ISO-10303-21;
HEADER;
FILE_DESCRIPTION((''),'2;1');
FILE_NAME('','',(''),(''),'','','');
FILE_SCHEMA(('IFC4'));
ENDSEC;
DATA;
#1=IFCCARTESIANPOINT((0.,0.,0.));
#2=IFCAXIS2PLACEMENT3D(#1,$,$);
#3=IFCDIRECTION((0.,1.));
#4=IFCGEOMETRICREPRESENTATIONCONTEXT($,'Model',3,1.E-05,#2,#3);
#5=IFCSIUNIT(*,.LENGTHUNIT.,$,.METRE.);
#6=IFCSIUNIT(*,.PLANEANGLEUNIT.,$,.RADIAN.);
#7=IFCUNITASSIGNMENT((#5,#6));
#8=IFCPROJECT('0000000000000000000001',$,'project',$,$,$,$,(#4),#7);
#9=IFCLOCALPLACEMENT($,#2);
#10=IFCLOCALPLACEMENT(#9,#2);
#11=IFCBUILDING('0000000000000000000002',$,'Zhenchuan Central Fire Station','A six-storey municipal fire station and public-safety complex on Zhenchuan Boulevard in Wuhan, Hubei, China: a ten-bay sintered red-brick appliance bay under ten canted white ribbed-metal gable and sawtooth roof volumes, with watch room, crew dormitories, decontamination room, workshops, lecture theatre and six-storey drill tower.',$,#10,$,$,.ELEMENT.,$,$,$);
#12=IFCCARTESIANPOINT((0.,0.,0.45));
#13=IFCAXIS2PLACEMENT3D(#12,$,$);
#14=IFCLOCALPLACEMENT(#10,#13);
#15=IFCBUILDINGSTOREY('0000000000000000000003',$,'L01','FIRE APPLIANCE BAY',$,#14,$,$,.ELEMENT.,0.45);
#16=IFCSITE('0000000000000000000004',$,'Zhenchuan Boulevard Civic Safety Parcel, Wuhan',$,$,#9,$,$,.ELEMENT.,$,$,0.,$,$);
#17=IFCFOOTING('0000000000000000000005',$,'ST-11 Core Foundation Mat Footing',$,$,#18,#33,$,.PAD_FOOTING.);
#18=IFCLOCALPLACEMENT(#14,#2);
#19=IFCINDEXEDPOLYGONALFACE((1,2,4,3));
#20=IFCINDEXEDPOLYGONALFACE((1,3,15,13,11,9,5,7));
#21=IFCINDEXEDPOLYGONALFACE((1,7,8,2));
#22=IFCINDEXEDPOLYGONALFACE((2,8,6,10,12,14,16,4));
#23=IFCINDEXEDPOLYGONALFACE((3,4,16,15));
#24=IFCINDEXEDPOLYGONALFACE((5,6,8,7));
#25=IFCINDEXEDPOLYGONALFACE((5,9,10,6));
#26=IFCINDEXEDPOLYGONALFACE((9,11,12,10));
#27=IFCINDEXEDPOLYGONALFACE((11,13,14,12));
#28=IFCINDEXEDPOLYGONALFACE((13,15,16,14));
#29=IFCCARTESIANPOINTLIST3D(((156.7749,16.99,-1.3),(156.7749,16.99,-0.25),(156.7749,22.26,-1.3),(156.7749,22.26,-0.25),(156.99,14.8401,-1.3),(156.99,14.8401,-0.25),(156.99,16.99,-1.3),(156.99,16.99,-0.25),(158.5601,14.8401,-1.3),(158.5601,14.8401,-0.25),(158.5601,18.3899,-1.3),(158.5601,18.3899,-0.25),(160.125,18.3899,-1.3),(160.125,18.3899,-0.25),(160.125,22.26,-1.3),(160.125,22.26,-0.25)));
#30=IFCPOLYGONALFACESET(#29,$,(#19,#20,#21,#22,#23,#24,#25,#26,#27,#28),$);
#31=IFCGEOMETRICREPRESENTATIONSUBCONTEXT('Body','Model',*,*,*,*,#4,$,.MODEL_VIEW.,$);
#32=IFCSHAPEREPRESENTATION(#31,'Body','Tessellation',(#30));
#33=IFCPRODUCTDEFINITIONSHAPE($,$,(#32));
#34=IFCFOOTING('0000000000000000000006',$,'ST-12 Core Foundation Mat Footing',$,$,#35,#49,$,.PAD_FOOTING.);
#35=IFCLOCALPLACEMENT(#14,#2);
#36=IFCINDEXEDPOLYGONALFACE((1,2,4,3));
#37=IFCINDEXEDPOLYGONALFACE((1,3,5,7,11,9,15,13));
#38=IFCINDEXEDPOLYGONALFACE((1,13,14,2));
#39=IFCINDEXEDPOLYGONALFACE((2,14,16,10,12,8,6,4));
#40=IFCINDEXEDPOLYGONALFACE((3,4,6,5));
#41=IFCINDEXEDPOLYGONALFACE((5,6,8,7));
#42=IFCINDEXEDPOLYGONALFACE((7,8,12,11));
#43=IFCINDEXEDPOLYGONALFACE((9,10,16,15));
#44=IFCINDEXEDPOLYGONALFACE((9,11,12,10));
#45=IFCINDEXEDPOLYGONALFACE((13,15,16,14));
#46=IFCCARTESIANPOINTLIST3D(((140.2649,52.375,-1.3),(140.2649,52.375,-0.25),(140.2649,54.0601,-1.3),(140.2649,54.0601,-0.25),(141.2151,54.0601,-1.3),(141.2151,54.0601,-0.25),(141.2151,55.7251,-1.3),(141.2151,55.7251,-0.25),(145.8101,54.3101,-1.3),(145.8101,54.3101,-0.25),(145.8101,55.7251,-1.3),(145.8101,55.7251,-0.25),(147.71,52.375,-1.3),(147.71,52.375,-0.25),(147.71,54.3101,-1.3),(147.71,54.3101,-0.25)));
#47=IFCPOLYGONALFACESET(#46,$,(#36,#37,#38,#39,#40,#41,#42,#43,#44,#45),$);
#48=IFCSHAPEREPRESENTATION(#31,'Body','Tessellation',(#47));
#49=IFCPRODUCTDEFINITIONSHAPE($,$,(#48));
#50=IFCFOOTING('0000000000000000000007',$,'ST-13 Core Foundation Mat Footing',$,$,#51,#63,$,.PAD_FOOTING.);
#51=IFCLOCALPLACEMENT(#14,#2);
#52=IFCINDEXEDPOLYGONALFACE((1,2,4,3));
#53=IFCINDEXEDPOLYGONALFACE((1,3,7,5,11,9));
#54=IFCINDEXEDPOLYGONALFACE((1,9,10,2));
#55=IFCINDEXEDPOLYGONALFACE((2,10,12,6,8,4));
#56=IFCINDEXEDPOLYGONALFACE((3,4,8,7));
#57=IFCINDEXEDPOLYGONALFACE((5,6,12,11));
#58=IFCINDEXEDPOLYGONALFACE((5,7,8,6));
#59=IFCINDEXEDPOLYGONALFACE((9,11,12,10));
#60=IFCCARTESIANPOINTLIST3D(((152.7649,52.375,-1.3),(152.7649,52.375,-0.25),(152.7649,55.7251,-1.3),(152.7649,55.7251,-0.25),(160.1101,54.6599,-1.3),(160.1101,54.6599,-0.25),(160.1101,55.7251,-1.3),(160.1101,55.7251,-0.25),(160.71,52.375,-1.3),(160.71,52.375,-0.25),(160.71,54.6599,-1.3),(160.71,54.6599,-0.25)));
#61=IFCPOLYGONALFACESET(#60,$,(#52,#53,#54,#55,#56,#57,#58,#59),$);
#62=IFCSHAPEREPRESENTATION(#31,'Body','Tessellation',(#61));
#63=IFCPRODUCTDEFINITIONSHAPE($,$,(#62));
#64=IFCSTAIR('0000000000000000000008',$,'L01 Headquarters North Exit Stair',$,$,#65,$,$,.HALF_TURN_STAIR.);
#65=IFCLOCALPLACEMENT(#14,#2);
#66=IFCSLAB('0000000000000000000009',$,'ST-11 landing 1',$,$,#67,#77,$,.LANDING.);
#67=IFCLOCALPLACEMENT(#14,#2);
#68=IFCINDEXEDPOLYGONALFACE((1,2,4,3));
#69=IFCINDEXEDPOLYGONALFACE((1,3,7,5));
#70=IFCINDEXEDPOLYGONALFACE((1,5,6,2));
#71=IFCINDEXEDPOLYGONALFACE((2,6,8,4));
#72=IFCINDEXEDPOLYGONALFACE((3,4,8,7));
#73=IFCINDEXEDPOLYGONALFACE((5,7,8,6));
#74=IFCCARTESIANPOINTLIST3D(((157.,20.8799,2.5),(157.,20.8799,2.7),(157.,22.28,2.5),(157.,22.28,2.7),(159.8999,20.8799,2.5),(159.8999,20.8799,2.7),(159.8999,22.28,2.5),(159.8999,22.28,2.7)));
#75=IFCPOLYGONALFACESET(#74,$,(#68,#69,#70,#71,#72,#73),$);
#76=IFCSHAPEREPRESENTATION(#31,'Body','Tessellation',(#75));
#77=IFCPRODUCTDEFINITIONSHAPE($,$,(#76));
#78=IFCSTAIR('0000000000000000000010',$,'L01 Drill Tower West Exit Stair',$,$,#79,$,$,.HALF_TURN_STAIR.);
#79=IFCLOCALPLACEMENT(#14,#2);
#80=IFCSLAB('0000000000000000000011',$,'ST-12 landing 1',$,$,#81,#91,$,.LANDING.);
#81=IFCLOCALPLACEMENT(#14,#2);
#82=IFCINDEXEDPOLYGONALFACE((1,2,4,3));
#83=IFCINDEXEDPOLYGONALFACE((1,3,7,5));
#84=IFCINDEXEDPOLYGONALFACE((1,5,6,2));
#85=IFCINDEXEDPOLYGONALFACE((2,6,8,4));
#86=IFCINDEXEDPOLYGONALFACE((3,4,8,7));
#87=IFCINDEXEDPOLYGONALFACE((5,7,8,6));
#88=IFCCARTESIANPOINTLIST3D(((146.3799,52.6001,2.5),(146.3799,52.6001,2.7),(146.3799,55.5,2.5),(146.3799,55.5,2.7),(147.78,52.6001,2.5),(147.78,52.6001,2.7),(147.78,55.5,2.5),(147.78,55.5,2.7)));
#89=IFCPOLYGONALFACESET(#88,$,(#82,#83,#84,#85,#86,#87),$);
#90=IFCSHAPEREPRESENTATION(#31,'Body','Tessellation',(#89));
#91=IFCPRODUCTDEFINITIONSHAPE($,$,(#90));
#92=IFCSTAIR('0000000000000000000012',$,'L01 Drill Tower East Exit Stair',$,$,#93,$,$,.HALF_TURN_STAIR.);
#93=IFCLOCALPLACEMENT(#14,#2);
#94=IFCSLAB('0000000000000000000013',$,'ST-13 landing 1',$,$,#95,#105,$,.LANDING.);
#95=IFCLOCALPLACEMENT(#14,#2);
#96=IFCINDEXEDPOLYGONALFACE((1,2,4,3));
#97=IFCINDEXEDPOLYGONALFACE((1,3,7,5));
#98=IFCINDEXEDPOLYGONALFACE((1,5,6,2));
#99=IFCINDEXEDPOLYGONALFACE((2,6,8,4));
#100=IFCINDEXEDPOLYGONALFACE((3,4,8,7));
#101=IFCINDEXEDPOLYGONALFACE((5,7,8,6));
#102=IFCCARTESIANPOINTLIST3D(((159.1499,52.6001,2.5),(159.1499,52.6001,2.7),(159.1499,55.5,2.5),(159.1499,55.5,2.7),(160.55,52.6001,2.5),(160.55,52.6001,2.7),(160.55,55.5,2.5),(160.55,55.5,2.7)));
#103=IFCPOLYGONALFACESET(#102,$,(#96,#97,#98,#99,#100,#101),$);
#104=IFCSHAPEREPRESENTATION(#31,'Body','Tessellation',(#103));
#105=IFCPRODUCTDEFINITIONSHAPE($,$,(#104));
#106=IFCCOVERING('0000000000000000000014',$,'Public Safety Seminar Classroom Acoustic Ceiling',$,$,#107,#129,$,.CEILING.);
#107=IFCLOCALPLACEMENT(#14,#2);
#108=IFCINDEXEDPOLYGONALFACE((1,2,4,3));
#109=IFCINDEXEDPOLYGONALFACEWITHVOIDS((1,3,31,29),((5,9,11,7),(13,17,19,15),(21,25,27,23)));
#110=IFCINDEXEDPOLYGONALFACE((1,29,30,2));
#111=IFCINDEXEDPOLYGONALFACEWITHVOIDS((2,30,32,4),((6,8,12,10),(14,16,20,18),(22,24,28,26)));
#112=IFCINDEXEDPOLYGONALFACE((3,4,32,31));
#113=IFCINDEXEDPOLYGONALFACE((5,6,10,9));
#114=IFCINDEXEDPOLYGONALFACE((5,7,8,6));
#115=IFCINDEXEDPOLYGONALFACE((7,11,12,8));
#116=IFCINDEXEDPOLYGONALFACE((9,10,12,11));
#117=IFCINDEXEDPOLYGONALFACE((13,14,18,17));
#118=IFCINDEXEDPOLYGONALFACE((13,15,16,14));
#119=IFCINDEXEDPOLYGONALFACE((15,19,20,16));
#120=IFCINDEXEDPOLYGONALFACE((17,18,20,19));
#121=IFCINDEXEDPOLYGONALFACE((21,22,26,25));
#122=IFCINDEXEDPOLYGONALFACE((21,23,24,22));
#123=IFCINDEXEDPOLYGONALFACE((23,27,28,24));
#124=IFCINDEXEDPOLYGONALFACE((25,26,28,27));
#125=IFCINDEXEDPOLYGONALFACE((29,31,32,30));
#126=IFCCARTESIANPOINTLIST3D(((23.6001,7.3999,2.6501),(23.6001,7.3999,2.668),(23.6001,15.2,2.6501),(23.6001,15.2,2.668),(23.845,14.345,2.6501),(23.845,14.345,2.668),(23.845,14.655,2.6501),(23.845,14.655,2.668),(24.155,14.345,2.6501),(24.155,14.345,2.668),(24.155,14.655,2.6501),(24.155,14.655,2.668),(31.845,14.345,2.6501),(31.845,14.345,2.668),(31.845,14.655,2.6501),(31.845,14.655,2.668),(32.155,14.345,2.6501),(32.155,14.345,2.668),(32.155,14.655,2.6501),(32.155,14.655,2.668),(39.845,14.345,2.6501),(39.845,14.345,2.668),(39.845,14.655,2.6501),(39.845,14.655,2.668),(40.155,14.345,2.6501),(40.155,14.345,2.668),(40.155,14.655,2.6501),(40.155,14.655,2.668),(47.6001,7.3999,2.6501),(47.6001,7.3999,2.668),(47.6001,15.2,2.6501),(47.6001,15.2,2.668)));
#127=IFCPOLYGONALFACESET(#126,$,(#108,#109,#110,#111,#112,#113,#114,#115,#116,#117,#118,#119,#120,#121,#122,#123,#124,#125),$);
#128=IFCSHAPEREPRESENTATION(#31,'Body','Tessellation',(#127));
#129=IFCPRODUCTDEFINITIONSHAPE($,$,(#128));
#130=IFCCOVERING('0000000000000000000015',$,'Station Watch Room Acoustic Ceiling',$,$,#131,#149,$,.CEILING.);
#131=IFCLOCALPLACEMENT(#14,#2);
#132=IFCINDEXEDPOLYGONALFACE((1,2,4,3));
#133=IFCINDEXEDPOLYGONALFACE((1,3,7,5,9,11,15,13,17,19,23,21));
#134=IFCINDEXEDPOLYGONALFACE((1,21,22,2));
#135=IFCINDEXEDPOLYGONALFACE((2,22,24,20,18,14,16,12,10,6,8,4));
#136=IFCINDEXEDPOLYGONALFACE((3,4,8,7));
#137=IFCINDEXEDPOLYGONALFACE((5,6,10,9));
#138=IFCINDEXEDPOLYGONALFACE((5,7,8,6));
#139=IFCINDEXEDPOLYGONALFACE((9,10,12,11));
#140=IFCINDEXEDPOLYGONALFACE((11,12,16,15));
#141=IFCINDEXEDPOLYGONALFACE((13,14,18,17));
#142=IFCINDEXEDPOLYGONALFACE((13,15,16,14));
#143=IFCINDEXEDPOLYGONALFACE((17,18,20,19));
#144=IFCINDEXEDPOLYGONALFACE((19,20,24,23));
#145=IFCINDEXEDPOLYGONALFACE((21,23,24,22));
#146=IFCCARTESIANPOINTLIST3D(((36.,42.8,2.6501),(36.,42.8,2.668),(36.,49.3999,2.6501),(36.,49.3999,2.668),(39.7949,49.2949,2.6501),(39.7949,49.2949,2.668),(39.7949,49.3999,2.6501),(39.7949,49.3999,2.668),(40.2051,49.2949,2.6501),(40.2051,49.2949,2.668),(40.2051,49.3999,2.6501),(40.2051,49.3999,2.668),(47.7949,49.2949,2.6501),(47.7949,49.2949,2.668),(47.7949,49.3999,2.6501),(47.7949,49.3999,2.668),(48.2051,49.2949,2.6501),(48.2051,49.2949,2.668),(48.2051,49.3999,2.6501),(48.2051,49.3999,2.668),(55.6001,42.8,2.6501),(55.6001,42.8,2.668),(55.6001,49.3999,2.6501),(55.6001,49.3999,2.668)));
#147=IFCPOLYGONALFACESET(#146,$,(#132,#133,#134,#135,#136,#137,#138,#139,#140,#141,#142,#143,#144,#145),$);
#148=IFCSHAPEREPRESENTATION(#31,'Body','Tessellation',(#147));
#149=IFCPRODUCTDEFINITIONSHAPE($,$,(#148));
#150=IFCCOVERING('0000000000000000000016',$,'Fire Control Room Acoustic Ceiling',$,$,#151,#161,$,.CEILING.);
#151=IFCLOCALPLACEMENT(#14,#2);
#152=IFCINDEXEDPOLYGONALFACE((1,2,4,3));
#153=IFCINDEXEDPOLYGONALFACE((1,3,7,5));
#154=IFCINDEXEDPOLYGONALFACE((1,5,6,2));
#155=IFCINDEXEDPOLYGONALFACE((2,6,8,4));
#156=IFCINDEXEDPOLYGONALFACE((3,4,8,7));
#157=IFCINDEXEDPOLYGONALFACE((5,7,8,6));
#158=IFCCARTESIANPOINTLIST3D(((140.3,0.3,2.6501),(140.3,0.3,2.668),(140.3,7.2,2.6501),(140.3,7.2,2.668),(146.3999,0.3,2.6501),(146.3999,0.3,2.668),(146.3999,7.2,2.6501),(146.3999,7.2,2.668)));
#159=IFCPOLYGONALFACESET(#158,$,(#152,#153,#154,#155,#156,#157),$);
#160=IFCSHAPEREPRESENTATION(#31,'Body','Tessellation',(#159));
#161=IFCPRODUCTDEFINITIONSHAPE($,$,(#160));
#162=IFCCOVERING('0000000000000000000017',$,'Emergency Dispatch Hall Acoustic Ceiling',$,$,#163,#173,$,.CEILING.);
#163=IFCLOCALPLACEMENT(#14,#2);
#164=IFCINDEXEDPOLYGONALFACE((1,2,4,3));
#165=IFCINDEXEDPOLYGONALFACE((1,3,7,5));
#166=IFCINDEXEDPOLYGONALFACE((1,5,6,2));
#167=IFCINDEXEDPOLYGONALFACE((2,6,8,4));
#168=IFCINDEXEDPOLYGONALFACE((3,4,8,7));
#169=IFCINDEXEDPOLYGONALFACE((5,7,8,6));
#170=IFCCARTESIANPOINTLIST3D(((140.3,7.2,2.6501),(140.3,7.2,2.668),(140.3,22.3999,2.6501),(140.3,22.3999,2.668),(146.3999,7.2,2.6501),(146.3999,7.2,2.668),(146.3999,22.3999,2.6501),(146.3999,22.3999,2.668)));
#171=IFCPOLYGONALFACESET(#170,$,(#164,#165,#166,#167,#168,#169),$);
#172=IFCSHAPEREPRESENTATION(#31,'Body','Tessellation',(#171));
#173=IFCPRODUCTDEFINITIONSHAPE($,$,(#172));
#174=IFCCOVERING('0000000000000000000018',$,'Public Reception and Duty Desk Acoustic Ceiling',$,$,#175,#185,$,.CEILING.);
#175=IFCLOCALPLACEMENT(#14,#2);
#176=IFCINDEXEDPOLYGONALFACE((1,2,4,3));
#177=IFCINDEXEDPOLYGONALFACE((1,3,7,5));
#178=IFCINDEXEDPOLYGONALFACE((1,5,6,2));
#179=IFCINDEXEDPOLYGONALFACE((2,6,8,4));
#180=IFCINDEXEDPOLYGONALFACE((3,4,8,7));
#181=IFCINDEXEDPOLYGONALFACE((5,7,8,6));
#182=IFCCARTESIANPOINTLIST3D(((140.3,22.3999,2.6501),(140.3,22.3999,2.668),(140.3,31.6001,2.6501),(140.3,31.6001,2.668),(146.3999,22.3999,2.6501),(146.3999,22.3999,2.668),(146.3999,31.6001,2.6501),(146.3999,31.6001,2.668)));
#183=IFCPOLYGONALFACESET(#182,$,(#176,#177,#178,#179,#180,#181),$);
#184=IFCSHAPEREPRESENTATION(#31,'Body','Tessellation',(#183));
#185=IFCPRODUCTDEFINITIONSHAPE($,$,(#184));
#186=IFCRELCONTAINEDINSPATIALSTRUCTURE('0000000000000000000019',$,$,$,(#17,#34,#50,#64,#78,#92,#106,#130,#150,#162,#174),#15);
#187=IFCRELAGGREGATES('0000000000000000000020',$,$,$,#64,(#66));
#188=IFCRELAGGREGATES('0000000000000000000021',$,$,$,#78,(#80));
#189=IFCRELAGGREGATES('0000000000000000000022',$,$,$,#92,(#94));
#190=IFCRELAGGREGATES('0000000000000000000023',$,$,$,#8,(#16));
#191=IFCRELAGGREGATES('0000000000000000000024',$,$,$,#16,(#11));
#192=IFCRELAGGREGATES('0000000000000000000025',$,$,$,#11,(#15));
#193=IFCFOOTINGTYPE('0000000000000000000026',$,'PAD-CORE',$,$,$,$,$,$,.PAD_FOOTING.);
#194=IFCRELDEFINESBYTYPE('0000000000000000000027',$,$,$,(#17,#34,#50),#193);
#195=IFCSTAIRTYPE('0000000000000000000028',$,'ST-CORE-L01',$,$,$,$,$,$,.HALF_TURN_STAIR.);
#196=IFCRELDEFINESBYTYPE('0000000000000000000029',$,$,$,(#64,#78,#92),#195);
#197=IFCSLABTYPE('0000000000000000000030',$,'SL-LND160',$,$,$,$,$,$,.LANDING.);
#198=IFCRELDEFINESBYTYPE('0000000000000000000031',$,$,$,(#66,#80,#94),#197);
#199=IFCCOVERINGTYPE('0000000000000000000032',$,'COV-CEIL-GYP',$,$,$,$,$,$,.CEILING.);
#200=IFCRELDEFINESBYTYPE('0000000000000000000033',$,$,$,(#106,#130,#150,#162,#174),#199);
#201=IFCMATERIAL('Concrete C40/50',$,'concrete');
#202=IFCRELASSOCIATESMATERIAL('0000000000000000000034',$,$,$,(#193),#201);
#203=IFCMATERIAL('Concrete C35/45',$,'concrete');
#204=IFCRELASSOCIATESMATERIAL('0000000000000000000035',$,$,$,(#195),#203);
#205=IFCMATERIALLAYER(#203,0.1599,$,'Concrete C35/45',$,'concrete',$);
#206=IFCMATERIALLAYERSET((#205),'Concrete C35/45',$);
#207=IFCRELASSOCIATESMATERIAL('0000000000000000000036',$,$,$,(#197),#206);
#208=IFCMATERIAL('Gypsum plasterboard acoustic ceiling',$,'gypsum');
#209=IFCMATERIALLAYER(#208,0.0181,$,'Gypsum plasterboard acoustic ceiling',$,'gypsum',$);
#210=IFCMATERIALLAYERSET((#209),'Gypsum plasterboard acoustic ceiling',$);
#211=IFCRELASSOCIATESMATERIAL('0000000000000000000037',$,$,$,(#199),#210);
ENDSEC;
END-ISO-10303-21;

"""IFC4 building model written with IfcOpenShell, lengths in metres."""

from ifc_helpers import new_model, si_unit, direction, frame, origin, place, context, subcontext, project, spatial, polyline, outline, extrude, material, layer, layer_set, type_object, element, aggregate, save


model = new_model("IFC4")

# Units and contexts
model_context = context("Model", 3, precision=1e-05, world=origin(), true_north=direction((0.0, 1.0)))
body_context = subcontext(model_context, "Body", "Model", "MODEL_VIEW")
ifc_project = project(units=[si_unit("LENGTHUNIT", "METRE"), si_unit("PLANEANGLEUNIT", "RADIAN")], contexts=[model_context])

# Site, building, storey
site_placement = place(None, origin())
site = spatial("IfcSite", under=ifc_project, at=site_placement, Name="Zhenchuan Boulevard Civic Safety Parcel, Wuhan", CompositionType="ELEMENT", RefElevation=0.0)
building_placement = place(site_placement, origin())
building = spatial("IfcBuilding", under=site, at=building_placement, Name="Zhenchuan Central Fire Station", Description="A six-storey municipal fire station and public-safety complex on Zhenchuan Boulevard in Wuhan, Hubei, China: a ten-bay sintered red-brick appliance bay under ten canted white ribbed-metal gable and sawtooth roof volumes, with watch room, crew dormitories, decontamination room, workshops, lecture theatre and six-storey drill tower.", CompositionType="ELEMENT")
storey_placement = place(building_placement, frame((0.0, 0.0, 0.45)))
storey = spatial("IfcBuildingStorey", under=building, at=storey_placement, Name="L01", Description="FIRE APPLIANCE BAY", CompositionType="ELEMENT", Elevation=0.45)

# Footings
ifc_material_1 = material(Name="Concrete C40/50", Category="concrete")
footing_type = type_object("IfcFootingType", Name="PAD-CORE", PredefinedType="PAD_FOOTING", material=ifc_material_1)
footing_1_placement = place(storey_placement, frame((0.0, 0.0, -1.3)))
element("IfcFooting", 1, at=footing_1_placement, inside=storey, type_object=footing_type, Name="ST-11 Core Foundation Mat Footing", PredefinedType="PAD_FOOTING", context=body_context, shape_type="SweptSolid", body=[
    extrude(outline(polyline([(160.125, 18.3899), (158.5601, 18.3899), (158.5601, 14.8401), (156.99, 14.8401), (156.99, 16.99), (156.7749, 16.99), (156.7749, 22.26), (160.125, 22.26), (160.125, 18.3899)])), origin(), (0.0, 0.0, 1.0), 1.05),
])
footing_2_placement = place(storey_placement, frame((0.0, 0.0, -1.3)))
element("IfcFooting", 2, at=footing_2_placement, inside=storey, type_object=footing_type, Name="ST-12 Core Foundation Mat Footing", PredefinedType="PAD_FOOTING", context=body_context, shape_type="SweptSolid", body=[
    extrude(outline(polyline([(145.8101, 55.7251), (145.8101, 54.3101), (147.71, 54.3101), (147.71, 52.375), (140.2649, 52.375), (140.2649, 54.0601), (141.2151, 54.0601), (141.2151, 55.7251), (145.8101, 55.7251)])), origin(), (0.0, 0.0, 1.0), 1.05),
])
footing_3_placement = place(storey_placement, frame((0.0, 0.0, -1.3)))
element("IfcFooting", 3, at=footing_3_placement, inside=storey, type_object=footing_type, Name="ST-13 Core Foundation Mat Footing", PredefinedType="PAD_FOOTING", context=body_context, shape_type="SweptSolid", body=[
    extrude(outline(polyline([(152.7649, 52.375), (152.7649, 55.7251), (160.1101, 55.7251), (160.1101, 54.6599), (160.71, 54.6599), (160.71, 52.375), (152.7649, 52.375)])), origin(), (0.0, 0.0, 1.0), 1.05),
])

# Stairs, slabs
ifc_material_2 = material(Name="Concrete C35/45", Category="concrete")
stair_type = type_object("IfcStairType", Name="ST-CORE-L01", PredefinedType="HALF_TURN_STAIR", material=ifc_material_2)
stair_1_placement = place(storey_placement, origin())
stair_1 = element("IfcStair", 4, at=stair_1_placement, inside=storey, type_object=stair_type, Name="L01 Headquarters North Exit Stair", PredefinedType="HALF_TURN_STAIR")
ifc_layer_1 = layer(ifc_material_2, 0.1599, Name="Concrete C35/45", Category="concrete")
ifc_layer_set_1 = layer_set([ifc_layer_1], Name="Concrete C35/45")
slab_type = type_object("IfcSlabType", Name="SL-LND160", PredefinedType="LANDING", material=ifc_layer_set_1)
slab_1_placement = place(storey_placement, frame((0.0, 0.0, 2.5)))
slab_1 = element("IfcSlab", 5, at=slab_1_placement, type_object=slab_type, Name="ST-11 landing 1", PredefinedType="LANDING", context=body_context, shape_type="SweptSolid", body=[
    extrude(outline(polyline([(159.8999, 20.8799), (159.8999, 22.28), (157.0, 22.28), (157.0, 20.8799), (159.8999, 20.8799)])), origin(), (0.0, 0.0, 1.0), 0.2),
])
aggregate(stair_1, [slab_1])
stair_2_placement = place(storey_placement, origin())
stair_2 = element("IfcStair", 6, at=stair_2_placement, inside=storey, type_object=stair_type, Name="L01 Drill Tower West Exit Stair", PredefinedType="HALF_TURN_STAIR")
slab_2_placement = place(storey_placement, frame((0.0, 0.0, 2.5)))
slab_2 = element("IfcSlab", 7, at=slab_2_placement, type_object=slab_type, Name="ST-12 landing 1", PredefinedType="LANDING", context=body_context, shape_type="SweptSolid", body=[
    extrude(outline(polyline([(146.3799, 52.6001), (147.78, 52.6001), (147.78, 55.5), (146.3799, 55.5), (146.3799, 52.6001)])), origin(), (0.0, 0.0, 1.0), 0.2),
])
aggregate(stair_2, [slab_2])
stair_3_placement = place(storey_placement, origin())
stair_3 = element("IfcStair", 8, at=stair_3_placement, inside=storey, type_object=stair_type, Name="L01 Drill Tower East Exit Stair", PredefinedType="HALF_TURN_STAIR")
slab_3_placement = place(storey_placement, frame((0.0, 0.0, 2.5)))
slab_3 = element("IfcSlab", 9, at=slab_3_placement, type_object=slab_type, Name="ST-13 landing 1", PredefinedType="LANDING", context=body_context, shape_type="SweptSolid", body=[
    extrude(outline(polyline([(159.1499, 52.6001), (160.55, 52.6001), (160.55, 55.5), (159.1499, 55.5), (159.1499, 52.6001)])), origin(), (0.0, 0.0, 1.0), 0.2),
])
aggregate(stair_3, [slab_3])

# Coverings
ifc_material_3 = material(Name="Gypsum plasterboard acoustic ceiling", Category="gypsum")
ifc_layer_2 = layer(ifc_material_3, 0.0181, Name="Gypsum plasterboard acoustic ceiling", Category="gypsum")
ifc_layer_set_2 = layer_set([ifc_layer_2], Name="Gypsum plasterboard acoustic ceiling")
covering_type_1 = type_object("IfcCoveringType", Name="COV-CEIL-GYP", PredefinedType="CEILING", material=ifc_layer_set_2)
covering_1_placement = place(storey_placement, frame((0.0, 0.0, 2.6501)))
element("IfcCovering", 10, at=covering_1_placement, inside=storey, type_object=covering_type_1, Name="Public Safety Seminar Classroom Acoustic Ceiling", PredefinedType="CEILING", context=body_context, shape_type="SweptSolid", body=[
    extrude(outline(polyline([(23.6001, 7.3999), (23.6001, 15.2), (47.6001, 15.2), (47.6001, 7.3999), (23.6001, 7.3999)]), holes=[polyline([(24.155, 14.345), (24.155, 14.655), (23.845, 14.655), (23.845, 14.345), (24.155, 14.345)]), polyline([(31.845, 14.345), (32.155, 14.345), (32.155, 14.655), (31.845, 14.655), (31.845, 14.345)]), polyline([(39.845, 14.345), (40.155, 14.345), (40.155, 14.655), (39.845, 14.655), (39.845, 14.345)])]), origin(), (0.0, 0.0, 1.0), 0.0178),
])
covering_2_placement = place(storey_placement, frame((0.0, 0.0, 2.6501)))
element("IfcCovering", 11, at=covering_2_placement, inside=storey, type_object=covering_type_1, Name="Station Watch Room Acoustic Ceiling", PredefinedType="CEILING", context=body_context, shape_type="SweptSolid", body=[
    extrude(outline(polyline([(55.6001, 49.3999), (55.6001, 42.8), (36.0, 42.8), (36.0, 49.3999), (39.7949, 49.3999), (39.7949, 49.2949), (40.2051, 49.2949), (40.2051, 49.3999), (47.7949, 49.3999), (47.7949, 49.2949), (48.2051, 49.2949), (48.2051, 49.3999), (55.6001, 49.3999)])), origin(), (0.0, 0.0, 1.0), 0.0178),
])
covering_3_placement = place(storey_placement, frame((0.0, 0.0, 2.6501)))
element("IfcCovering", 12, at=covering_3_placement, inside=storey, type_object=covering_type_1, Name="Fire Control Room Acoustic Ceiling", PredefinedType="CEILING", context=body_context, shape_type="SweptSolid", body=[
    extrude(outline(polyline([(140.3, 0.3), (140.3, 7.2), (146.3999, 7.2), (146.3999, 0.3), (140.3, 0.3)])), origin(), (0.0, 0.0, 1.0), 0.0178),
])
covering_4_placement = place(storey_placement, frame((0.0, 0.0, 2.6501)))
element("IfcCovering", 13, at=covering_4_placement, inside=storey, type_object=covering_type_1, Name="Emergency Dispatch Hall Acoustic Ceiling", PredefinedType="CEILING", context=body_context, shape_type="SweptSolid", body=[
    extrude(outline(polyline([(140.3, 7.2), (140.3, 22.3999), (146.3999, 22.3999), (146.3999, 7.2), (140.3, 7.2)])), origin(), (0.0, 0.0, 1.0), 0.0178),
])
covering_5_placement = place(storey_placement, frame((0.0, 0.0, 2.6501)))
element("IfcCovering", 14, at=covering_5_placement, inside=storey, type_object=covering_type_1, Name="Public Reception and Duty Desk Acoustic Ceiling", PredefinedType="CEILING", context=body_context, shape_type="SweptSolid", body=[
    extrude(outline(polyline([(140.3, 22.3999), (140.3, 31.6001), (146.3999, 31.6001), (146.3999, 22.3999), (140.3, 22.3999)])), origin(), (0.0, 0.0, 1.0), 0.0178),
])

save(model, "model.ifc")
